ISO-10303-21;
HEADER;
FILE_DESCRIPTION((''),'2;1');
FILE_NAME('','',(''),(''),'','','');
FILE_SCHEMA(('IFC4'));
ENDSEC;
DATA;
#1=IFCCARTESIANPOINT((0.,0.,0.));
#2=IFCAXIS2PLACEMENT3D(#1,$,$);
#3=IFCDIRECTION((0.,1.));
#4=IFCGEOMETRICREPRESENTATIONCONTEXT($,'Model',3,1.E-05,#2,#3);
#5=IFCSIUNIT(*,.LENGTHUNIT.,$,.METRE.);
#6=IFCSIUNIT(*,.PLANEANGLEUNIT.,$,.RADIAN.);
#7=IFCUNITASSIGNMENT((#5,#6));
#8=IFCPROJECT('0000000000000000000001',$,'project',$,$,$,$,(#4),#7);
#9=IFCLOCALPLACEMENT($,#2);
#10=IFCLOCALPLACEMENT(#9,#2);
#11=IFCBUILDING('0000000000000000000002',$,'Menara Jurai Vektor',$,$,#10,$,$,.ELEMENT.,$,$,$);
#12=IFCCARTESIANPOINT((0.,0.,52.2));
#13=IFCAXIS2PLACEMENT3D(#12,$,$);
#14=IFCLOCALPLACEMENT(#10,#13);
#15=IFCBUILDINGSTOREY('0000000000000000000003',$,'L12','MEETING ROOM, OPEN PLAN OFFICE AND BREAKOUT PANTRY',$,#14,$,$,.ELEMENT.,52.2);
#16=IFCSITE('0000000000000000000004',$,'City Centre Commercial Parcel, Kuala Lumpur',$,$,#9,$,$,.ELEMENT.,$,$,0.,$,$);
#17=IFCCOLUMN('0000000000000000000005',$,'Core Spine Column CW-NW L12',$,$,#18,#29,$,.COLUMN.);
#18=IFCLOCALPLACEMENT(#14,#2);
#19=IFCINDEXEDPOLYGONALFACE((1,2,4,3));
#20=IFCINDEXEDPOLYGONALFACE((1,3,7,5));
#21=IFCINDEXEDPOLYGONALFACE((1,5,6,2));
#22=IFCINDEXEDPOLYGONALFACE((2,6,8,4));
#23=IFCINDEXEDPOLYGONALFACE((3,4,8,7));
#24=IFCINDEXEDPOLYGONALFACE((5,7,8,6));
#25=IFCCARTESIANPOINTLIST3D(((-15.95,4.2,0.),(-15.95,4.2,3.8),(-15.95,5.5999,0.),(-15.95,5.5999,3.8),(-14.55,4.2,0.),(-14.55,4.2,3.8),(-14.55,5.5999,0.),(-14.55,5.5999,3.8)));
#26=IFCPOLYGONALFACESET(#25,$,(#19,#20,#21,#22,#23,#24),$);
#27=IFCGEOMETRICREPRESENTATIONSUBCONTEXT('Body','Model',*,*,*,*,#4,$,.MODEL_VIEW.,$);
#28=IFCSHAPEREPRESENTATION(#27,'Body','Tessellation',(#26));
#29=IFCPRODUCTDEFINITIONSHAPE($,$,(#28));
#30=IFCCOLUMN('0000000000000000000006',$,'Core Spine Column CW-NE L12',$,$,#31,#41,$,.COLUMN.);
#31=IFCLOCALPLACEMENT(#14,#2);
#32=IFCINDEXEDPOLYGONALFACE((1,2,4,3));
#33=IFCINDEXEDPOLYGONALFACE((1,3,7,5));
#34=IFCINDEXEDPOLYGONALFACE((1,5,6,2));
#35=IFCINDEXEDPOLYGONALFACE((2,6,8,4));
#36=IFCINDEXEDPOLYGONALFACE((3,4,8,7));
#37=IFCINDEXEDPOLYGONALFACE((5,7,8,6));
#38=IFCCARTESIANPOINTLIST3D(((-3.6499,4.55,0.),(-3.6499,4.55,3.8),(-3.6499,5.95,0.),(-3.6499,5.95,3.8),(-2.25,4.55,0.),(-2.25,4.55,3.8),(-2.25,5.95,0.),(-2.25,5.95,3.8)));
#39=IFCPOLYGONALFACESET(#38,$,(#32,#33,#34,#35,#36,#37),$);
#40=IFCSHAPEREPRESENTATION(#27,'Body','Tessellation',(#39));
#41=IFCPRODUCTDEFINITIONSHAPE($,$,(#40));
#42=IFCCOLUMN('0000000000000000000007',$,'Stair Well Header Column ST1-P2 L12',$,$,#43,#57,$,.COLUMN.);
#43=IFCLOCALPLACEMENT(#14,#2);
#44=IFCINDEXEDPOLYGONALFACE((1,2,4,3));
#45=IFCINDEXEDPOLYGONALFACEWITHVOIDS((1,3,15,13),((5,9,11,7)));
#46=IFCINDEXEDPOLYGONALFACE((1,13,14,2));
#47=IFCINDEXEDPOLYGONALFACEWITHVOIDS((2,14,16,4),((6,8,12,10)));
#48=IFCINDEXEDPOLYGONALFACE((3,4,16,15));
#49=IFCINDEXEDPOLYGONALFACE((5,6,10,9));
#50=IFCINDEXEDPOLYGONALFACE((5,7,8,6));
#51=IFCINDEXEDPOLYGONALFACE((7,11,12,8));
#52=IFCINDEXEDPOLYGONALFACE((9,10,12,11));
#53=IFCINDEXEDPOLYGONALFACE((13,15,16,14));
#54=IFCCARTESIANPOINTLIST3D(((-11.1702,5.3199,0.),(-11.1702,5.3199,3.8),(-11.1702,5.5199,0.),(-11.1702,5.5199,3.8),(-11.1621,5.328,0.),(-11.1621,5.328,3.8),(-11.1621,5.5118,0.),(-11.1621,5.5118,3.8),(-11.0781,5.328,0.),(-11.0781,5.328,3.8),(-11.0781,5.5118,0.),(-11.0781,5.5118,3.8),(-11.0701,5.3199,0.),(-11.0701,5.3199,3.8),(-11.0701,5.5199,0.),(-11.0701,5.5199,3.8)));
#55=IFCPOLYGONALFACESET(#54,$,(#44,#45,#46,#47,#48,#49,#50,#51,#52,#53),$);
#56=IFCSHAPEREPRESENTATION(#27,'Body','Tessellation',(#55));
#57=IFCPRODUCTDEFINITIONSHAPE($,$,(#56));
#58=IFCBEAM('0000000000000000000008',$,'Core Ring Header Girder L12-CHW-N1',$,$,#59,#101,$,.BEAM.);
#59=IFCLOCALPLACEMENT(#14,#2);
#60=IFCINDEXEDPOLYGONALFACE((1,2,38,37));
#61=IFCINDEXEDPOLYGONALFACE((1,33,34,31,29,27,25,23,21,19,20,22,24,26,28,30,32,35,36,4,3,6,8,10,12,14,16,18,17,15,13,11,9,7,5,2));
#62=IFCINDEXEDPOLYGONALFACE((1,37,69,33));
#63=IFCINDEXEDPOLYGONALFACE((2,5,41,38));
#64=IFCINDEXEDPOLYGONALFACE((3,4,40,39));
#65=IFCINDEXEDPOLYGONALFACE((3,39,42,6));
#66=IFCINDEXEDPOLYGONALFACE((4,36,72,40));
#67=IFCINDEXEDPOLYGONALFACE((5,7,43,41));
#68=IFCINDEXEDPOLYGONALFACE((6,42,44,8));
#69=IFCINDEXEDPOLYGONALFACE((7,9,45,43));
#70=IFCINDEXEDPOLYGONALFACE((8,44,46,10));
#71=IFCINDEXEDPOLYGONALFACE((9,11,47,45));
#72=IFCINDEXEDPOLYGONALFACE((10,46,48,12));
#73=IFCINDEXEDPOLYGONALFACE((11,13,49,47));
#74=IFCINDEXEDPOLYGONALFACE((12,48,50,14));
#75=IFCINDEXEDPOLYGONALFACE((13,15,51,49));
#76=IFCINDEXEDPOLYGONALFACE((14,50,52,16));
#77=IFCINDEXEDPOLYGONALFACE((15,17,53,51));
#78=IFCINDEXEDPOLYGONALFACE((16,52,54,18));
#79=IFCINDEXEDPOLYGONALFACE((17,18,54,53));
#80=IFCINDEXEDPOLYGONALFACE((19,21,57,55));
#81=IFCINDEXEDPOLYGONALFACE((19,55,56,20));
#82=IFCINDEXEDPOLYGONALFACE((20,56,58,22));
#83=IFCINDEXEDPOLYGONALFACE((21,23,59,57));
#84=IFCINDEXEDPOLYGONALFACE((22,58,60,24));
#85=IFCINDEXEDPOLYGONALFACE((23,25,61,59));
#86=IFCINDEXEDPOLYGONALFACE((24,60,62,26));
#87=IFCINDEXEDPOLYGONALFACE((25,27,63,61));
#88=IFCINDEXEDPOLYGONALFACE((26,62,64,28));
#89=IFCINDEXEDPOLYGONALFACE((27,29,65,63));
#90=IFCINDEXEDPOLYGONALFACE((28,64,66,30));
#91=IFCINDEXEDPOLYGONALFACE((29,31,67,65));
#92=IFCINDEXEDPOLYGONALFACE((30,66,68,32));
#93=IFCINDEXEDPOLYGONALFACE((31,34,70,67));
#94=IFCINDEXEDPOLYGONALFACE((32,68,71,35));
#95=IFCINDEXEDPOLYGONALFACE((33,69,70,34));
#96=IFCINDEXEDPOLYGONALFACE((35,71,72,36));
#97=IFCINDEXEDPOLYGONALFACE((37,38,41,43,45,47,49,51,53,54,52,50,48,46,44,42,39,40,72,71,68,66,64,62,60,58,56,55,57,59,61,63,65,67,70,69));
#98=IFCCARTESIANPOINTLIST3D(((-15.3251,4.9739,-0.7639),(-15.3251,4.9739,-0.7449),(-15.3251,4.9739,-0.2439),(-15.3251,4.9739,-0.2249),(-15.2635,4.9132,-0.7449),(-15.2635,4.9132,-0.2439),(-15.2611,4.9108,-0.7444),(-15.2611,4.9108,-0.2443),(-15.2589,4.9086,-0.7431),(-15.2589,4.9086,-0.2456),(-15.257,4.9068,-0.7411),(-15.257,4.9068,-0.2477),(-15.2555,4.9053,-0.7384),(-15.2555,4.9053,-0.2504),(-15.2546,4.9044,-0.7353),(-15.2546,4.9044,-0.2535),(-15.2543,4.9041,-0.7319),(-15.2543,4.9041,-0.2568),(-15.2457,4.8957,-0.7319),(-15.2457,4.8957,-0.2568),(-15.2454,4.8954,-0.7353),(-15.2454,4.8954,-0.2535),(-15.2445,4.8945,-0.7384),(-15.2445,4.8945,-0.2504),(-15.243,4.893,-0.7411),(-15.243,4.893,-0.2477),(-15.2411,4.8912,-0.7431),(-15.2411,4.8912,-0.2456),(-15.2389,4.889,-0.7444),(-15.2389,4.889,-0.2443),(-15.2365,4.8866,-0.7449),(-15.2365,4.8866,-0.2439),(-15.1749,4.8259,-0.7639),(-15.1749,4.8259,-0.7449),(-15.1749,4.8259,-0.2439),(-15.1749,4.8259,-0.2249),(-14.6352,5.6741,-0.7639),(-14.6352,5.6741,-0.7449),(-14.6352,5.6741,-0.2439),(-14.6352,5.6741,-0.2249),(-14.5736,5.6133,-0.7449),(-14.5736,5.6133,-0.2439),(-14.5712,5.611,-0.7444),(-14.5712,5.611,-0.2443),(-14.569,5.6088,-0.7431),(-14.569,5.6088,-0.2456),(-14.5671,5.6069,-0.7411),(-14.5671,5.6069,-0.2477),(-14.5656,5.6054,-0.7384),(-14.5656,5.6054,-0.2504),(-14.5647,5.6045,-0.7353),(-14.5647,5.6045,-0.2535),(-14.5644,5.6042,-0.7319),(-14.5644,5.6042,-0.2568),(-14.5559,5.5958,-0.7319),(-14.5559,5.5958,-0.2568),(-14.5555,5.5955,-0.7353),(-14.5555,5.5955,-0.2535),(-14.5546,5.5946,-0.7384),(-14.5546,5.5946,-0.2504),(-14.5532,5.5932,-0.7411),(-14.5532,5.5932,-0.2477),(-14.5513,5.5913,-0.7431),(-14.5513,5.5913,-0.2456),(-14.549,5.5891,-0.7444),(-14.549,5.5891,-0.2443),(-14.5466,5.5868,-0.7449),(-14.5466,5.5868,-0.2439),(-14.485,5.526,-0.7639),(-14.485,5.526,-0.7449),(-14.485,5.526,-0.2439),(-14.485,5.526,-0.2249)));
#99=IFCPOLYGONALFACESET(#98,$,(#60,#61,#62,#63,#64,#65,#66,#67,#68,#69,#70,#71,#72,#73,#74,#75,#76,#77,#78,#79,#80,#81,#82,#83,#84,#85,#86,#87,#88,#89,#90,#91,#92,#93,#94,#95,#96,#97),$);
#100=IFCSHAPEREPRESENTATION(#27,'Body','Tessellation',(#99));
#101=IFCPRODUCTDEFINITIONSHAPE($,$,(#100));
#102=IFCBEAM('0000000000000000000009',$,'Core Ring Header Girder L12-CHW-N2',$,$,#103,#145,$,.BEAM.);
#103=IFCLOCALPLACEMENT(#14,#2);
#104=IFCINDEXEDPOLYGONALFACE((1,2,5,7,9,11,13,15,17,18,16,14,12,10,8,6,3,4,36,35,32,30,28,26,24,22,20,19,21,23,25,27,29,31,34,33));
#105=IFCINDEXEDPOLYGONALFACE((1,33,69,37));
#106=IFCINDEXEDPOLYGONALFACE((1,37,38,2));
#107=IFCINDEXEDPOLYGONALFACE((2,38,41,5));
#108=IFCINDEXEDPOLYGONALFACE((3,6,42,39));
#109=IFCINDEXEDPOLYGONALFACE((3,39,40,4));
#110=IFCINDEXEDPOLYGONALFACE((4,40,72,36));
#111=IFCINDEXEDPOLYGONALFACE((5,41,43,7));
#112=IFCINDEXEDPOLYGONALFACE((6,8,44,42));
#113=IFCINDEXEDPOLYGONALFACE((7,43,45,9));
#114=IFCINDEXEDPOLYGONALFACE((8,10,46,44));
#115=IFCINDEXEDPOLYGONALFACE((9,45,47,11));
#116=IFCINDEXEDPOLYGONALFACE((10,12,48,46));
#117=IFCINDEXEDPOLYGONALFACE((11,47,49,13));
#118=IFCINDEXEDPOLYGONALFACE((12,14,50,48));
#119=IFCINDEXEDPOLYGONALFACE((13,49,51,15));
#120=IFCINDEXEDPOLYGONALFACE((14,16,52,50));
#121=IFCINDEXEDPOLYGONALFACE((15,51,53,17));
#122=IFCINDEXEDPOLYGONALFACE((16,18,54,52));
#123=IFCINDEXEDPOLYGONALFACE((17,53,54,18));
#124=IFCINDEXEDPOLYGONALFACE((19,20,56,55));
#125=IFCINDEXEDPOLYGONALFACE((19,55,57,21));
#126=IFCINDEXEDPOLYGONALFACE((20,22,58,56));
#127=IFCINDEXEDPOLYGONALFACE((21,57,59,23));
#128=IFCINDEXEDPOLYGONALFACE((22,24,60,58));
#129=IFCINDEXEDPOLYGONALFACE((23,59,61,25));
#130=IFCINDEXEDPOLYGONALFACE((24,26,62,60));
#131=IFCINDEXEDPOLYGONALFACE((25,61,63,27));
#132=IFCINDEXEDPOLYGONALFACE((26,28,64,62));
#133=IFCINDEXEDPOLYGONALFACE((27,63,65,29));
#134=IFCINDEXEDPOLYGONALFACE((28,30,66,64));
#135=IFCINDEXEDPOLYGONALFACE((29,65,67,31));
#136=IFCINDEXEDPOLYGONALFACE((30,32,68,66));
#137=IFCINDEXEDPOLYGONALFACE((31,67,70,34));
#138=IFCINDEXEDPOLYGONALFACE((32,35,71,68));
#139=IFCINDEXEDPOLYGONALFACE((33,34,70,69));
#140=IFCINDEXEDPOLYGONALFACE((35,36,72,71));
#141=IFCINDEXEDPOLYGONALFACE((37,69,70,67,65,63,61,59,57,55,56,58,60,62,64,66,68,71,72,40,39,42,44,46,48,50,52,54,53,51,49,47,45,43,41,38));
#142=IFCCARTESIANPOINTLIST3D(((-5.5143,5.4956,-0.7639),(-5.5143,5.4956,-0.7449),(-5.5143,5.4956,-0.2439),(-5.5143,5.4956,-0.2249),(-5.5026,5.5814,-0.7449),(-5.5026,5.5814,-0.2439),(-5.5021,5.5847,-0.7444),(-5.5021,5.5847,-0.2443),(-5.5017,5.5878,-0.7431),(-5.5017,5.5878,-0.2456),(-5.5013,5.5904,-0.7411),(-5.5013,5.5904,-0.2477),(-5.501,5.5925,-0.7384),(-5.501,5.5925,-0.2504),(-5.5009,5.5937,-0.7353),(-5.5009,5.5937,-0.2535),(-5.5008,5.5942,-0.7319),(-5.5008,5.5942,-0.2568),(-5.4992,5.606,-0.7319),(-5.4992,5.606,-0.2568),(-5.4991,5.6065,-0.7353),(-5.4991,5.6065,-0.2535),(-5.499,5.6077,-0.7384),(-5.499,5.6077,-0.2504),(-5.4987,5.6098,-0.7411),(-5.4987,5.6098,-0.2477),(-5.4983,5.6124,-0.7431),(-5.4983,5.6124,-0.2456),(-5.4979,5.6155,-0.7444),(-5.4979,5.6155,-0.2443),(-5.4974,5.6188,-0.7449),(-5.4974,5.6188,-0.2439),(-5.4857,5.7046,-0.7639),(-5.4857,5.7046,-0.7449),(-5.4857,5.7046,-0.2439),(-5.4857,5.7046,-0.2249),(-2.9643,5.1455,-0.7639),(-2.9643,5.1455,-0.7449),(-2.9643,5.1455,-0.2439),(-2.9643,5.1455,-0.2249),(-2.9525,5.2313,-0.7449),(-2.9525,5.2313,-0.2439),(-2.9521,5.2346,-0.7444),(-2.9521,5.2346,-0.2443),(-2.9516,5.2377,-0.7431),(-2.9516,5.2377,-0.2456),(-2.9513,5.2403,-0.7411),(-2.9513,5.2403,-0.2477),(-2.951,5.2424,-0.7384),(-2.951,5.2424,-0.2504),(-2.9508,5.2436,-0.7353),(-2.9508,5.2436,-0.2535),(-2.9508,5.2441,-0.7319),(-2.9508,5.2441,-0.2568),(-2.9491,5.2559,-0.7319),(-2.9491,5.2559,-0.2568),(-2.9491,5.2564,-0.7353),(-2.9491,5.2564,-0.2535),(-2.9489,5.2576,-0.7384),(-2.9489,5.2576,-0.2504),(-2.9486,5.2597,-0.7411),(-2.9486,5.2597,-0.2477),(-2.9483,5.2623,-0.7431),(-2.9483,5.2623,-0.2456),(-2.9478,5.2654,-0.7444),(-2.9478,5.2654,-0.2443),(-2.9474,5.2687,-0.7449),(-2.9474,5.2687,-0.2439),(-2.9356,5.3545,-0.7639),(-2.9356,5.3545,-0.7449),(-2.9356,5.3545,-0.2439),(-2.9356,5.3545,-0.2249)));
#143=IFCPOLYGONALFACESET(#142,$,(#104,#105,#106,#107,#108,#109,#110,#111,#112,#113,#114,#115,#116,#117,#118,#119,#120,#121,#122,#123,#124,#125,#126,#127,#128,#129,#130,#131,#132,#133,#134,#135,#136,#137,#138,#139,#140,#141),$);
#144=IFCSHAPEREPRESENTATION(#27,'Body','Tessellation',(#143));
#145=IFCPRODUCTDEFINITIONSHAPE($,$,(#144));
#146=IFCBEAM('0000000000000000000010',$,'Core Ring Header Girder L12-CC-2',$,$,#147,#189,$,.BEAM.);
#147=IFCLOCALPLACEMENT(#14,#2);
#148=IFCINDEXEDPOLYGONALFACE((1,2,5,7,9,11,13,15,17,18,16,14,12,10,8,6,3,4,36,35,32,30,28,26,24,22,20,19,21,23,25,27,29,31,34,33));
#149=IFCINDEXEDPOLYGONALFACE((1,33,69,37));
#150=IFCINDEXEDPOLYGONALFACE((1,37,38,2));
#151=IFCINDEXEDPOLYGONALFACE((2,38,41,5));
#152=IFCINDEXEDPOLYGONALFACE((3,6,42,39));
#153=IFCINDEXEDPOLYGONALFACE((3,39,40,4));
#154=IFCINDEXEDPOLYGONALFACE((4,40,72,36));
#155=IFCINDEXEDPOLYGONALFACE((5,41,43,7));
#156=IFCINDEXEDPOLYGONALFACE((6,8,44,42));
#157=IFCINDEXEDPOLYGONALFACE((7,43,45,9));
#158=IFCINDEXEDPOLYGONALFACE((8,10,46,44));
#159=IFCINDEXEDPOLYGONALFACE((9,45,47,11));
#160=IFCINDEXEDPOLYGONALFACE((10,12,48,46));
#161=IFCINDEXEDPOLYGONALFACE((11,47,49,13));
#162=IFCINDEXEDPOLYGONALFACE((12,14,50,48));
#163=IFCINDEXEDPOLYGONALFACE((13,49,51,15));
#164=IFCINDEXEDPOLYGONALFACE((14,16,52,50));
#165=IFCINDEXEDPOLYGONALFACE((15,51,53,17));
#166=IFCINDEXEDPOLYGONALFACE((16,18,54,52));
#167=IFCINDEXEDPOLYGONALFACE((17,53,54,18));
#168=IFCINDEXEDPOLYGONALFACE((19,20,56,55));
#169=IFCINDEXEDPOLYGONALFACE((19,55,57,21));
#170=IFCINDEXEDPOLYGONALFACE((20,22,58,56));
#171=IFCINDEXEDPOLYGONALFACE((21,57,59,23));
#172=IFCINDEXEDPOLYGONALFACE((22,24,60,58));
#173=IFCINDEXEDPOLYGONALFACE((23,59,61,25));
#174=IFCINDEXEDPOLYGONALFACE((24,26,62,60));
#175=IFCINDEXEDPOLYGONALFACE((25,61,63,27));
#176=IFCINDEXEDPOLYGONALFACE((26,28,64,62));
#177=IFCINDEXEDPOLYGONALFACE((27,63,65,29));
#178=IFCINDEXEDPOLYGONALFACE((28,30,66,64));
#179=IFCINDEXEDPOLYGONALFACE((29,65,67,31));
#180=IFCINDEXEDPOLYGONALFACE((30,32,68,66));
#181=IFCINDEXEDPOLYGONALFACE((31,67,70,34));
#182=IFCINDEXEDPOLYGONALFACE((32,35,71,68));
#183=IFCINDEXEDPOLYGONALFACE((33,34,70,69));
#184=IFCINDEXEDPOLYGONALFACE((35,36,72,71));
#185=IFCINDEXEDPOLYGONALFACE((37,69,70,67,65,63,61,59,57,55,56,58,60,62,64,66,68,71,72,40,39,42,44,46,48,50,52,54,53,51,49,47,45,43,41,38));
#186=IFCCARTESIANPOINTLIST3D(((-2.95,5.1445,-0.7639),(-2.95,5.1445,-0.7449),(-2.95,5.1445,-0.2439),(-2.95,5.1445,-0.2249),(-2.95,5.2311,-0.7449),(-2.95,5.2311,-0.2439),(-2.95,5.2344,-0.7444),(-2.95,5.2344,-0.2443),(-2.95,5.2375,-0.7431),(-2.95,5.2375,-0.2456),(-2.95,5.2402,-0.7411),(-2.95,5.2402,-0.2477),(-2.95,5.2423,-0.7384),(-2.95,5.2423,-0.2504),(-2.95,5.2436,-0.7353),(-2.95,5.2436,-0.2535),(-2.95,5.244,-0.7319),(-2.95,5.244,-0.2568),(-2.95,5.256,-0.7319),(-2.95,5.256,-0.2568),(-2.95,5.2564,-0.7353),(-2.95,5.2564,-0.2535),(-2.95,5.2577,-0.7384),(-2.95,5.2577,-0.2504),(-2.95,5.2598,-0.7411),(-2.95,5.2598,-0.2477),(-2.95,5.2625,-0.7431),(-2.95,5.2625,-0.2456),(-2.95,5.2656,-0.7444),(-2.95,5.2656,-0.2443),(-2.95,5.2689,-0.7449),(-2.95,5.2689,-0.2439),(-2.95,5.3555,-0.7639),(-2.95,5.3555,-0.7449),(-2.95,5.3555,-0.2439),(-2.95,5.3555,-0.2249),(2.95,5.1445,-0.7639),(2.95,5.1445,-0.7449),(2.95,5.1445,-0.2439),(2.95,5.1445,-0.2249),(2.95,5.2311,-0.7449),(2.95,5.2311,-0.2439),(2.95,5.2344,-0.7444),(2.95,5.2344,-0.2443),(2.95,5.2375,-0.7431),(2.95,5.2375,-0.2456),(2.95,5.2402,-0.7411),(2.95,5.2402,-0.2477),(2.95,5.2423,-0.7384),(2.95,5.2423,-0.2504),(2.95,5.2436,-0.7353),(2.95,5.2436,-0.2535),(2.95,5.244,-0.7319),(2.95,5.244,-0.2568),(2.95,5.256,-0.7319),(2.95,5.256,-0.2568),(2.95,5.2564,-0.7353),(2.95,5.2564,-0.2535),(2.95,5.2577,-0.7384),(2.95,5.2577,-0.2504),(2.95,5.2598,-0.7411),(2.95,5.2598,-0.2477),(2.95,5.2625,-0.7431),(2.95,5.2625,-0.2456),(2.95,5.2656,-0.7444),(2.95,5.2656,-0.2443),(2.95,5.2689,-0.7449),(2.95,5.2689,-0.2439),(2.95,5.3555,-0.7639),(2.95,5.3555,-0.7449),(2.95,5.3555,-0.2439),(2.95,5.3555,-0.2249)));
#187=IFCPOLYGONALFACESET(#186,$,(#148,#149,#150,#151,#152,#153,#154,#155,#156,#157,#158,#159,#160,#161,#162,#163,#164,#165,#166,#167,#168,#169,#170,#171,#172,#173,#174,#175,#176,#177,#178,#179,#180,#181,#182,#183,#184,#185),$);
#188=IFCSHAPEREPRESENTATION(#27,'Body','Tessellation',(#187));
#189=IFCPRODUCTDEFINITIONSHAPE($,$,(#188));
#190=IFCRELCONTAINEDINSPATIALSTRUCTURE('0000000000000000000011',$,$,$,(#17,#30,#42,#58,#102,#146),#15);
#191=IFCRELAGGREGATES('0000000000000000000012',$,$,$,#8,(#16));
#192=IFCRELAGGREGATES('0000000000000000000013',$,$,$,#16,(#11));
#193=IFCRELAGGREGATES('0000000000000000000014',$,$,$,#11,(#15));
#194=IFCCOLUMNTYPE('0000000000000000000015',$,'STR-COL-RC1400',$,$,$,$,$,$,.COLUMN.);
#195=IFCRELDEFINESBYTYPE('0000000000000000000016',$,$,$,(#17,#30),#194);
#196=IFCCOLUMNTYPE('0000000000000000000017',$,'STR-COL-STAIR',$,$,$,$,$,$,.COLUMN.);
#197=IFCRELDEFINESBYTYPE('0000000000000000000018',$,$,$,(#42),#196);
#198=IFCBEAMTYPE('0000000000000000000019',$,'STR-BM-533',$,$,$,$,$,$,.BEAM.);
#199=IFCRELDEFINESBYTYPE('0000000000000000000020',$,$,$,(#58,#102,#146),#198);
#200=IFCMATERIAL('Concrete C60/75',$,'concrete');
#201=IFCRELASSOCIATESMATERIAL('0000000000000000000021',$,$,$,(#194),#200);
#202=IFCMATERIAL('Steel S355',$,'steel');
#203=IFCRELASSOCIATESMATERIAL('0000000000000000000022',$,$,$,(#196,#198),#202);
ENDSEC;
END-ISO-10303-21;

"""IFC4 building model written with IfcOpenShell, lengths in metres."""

from ifc_helpers import new_model, si_unit, direction, frame, origin, origin_2d, place, context, subcontext, project, spatial, rectangle, hollow_rectangle, i_section, extrude, material, material_profile, profile_set, type_object, element, save


model = new_model("IFC4")

# Units and contexts
model_context = context("Model", 3, precision=1e-05, world=origin(), true_north=direction((0.0, 1.0)))
body_context = subcontext(model_context, "Body", "Model", "MODEL_VIEW")
ifc_project = project(units=[si_unit("LENGTHUNIT", "METRE"), si_unit("PLANEANGLEUNIT", "RADIAN")], contexts=[model_context])

# Site, building, storey
site_placement = place(None, origin())
site = spatial("IfcSite", under=ifc_project, at=site_placement, Name="City Centre Commercial Parcel, Kuala Lumpur", CompositionType="ELEMENT", RefElevation=0.0)
building_placement = place(site_placement, origin())
building = spatial("IfcBuilding", under=site, at=building_placement, Name="Menara Jurai Vektor", CompositionType="ELEMENT")
storey_placement = place(building_placement, frame((0.0, 0.0, 52.2)))
storey = spatial("IfcBuildingStorey", under=building, at=storey_placement, Name="L12", Description="MEETING ROOM, OPEN PLAN OFFICE AND BREAKOUT PANTRY", CompositionType="ELEMENT", Elevation=52.2)

# Columns
ifc_material_1 = material(Name="Concrete C60/75", Category="concrete")
ifc_material_profile_1 = material_profile(ifc_material_1, rectangle(XDim=1.3999, YDim=1.3999, at=origin_2d()), Name="RC 1400x1400")
ifc_profile_set_1 = profile_set([ifc_material_profile_1], Name="Concrete C60/75")
column_type_1 = type_object("IfcColumnType", Name="STR-COL-RC1400", PredefinedType="COLUMN", material=ifc_profile_set_1)
for number, where, z_axis, x_axis, name in (
    (1, (-15.25, 4.8999, 0.0), (0.0, 0.0, 1.0), (1.0, 0.0, 0.0), "Core Spine Column CW-NW L12"),
    (2, (-2.95, 5.25, 0.0), (0.0, 0.0, 1.0), (1.0, 0.0, 0.0), "Core Spine Column CW-NE L12"),
):
    element("IfcColumn", number, at=place(storey_placement, frame(where, z_axis=z_axis, x_axis=x_axis)), inside=storey, type_object=column_type_1, Name=name, PredefinedType="COLUMN", context=body_context, shape_type="SweptSolid", body=[
        extrude(rectangle(XDim=1.3999, YDim=1.3999, at=origin_2d()), origin(), (0.0, 0.0, 1.0), 3.8),
    ])
ifc_material_2 = material(Name="Steel S355", Category="steel")
ifc_material_profile_2 = material_profile(ifc_material_2, hollow_rectangle(XDim=0.1001, YDim=0.2, WallThickness=0.0081, at=origin_2d()), Name="RHS 200x100x8")
ifc_profile_set_2 = profile_set([ifc_material_profile_2], Name="Steel S355")
column_type_2 = type_object("IfcColumnType", Name="STR-COL-STAIR", PredefinedType="COLUMN", material=ifc_profile_set_2)
column_placement = place(storey_placement, frame((-11.1201, 5.4199, 0.0), z_axis=(0.0, 0.0, 1.0), x_axis=(1.0, 0.0, 0.0)))
element("IfcColumn", 3, at=column_placement, inside=storey, type_object=column_type_2, Name="Stair Well Header Column ST1-P2 L12", PredefinedType="COLUMN", context=body_context, shape_type="SweptSolid", body=[
    extrude(hollow_rectangle(XDim=0.1001, YDim=0.2, WallThickness=0.0081, at=origin_2d()), origin(), (0.0, 0.0, 1.0), 3.8),
])

# Beams
ifc_material_profile_3 = material_profile(ifc_material_2, i_section(OverallWidth=0.2109, OverallDepth=0.5391, WebThickness=0.012, FlangeThickness=0.019, FilletRadius=0.0129, at=origin_2d()), Name="UKB 533x210x109")
ifc_profile_set_3 = profile_set([ifc_material_profile_3], Name="Steel S355")
beam_type_1 = type_object("IfcBeamType", Name="STR-BM-533", PredefinedType="BEAM", material=ifc_profile_set_3)
beam_1_placement = place(storey_placement, frame((-15.25, 4.8999, -0.4944), z_axis=(0.701872, 0.712303, 0.0), x_axis=(-0.712303, 0.701872, 0.0)))
element("IfcBeam", 4, at=beam_1_placement, inside=storey, type_object=beam_type_1, Name="Core Ring Header Girder L12-CHW-N1", PredefinedType="BEAM", context=body_context, shape_type="SweptSolid", body=[
    extrude(i_section(OverallWidth=0.2109, OverallDepth=0.5391, WebThickness=0.012, FlangeThickness=0.019, FilletRadius=0.0129, at=origin_2d()), origin(), (0.0, 0.0, 1.0), 0.9829),
])
beam_2_placement = place(storey_placement, frame((-5.5, 5.6001, -0.4944), z_axis=(0.990707, -0.136015, 0.0), x_axis=(0.136015, 0.990707, 0.0)))
element("IfcBeam", 5, at=beam_2_placement, inside=storey, type_object=beam_type_1, Name="Core Ring Header Girder L12-CHW-N2", PredefinedType="BEAM", context=body_context, shape_type="SweptSolid", body=[
    extrude(i_section(OverallWidth=0.2109, OverallDepth=0.5391, WebThickness=0.012, FlangeThickness=0.019, FilletRadius=0.0129, at=origin_2d()), origin(), (0.0, 0.0, 1.0), 2.574),
])
beam_3_placement = place(storey_placement, frame((-2.95, 5.25, -0.4944), z_axis=(1.0, 0.0, 0.0), x_axis=(0.0, 1.0, 0.0)))
element("IfcBeam", 6, at=beam_3_placement, inside=storey, type_object=beam_type_1, Name="Core Ring Header Girder L12-CC-2", PredefinedType="BEAM", context=body_context, shape_type="SweptSolid", body=[
    extrude(i_section(OverallWidth=0.2109, OverallDepth=0.5391, WebThickness=0.012, FlangeThickness=0.019, FilletRadius=0.0129, at=origin_2d()), origin(), (0.0, 0.0, 1.0), 5.8999),
])

save(model, "model.ifc")
